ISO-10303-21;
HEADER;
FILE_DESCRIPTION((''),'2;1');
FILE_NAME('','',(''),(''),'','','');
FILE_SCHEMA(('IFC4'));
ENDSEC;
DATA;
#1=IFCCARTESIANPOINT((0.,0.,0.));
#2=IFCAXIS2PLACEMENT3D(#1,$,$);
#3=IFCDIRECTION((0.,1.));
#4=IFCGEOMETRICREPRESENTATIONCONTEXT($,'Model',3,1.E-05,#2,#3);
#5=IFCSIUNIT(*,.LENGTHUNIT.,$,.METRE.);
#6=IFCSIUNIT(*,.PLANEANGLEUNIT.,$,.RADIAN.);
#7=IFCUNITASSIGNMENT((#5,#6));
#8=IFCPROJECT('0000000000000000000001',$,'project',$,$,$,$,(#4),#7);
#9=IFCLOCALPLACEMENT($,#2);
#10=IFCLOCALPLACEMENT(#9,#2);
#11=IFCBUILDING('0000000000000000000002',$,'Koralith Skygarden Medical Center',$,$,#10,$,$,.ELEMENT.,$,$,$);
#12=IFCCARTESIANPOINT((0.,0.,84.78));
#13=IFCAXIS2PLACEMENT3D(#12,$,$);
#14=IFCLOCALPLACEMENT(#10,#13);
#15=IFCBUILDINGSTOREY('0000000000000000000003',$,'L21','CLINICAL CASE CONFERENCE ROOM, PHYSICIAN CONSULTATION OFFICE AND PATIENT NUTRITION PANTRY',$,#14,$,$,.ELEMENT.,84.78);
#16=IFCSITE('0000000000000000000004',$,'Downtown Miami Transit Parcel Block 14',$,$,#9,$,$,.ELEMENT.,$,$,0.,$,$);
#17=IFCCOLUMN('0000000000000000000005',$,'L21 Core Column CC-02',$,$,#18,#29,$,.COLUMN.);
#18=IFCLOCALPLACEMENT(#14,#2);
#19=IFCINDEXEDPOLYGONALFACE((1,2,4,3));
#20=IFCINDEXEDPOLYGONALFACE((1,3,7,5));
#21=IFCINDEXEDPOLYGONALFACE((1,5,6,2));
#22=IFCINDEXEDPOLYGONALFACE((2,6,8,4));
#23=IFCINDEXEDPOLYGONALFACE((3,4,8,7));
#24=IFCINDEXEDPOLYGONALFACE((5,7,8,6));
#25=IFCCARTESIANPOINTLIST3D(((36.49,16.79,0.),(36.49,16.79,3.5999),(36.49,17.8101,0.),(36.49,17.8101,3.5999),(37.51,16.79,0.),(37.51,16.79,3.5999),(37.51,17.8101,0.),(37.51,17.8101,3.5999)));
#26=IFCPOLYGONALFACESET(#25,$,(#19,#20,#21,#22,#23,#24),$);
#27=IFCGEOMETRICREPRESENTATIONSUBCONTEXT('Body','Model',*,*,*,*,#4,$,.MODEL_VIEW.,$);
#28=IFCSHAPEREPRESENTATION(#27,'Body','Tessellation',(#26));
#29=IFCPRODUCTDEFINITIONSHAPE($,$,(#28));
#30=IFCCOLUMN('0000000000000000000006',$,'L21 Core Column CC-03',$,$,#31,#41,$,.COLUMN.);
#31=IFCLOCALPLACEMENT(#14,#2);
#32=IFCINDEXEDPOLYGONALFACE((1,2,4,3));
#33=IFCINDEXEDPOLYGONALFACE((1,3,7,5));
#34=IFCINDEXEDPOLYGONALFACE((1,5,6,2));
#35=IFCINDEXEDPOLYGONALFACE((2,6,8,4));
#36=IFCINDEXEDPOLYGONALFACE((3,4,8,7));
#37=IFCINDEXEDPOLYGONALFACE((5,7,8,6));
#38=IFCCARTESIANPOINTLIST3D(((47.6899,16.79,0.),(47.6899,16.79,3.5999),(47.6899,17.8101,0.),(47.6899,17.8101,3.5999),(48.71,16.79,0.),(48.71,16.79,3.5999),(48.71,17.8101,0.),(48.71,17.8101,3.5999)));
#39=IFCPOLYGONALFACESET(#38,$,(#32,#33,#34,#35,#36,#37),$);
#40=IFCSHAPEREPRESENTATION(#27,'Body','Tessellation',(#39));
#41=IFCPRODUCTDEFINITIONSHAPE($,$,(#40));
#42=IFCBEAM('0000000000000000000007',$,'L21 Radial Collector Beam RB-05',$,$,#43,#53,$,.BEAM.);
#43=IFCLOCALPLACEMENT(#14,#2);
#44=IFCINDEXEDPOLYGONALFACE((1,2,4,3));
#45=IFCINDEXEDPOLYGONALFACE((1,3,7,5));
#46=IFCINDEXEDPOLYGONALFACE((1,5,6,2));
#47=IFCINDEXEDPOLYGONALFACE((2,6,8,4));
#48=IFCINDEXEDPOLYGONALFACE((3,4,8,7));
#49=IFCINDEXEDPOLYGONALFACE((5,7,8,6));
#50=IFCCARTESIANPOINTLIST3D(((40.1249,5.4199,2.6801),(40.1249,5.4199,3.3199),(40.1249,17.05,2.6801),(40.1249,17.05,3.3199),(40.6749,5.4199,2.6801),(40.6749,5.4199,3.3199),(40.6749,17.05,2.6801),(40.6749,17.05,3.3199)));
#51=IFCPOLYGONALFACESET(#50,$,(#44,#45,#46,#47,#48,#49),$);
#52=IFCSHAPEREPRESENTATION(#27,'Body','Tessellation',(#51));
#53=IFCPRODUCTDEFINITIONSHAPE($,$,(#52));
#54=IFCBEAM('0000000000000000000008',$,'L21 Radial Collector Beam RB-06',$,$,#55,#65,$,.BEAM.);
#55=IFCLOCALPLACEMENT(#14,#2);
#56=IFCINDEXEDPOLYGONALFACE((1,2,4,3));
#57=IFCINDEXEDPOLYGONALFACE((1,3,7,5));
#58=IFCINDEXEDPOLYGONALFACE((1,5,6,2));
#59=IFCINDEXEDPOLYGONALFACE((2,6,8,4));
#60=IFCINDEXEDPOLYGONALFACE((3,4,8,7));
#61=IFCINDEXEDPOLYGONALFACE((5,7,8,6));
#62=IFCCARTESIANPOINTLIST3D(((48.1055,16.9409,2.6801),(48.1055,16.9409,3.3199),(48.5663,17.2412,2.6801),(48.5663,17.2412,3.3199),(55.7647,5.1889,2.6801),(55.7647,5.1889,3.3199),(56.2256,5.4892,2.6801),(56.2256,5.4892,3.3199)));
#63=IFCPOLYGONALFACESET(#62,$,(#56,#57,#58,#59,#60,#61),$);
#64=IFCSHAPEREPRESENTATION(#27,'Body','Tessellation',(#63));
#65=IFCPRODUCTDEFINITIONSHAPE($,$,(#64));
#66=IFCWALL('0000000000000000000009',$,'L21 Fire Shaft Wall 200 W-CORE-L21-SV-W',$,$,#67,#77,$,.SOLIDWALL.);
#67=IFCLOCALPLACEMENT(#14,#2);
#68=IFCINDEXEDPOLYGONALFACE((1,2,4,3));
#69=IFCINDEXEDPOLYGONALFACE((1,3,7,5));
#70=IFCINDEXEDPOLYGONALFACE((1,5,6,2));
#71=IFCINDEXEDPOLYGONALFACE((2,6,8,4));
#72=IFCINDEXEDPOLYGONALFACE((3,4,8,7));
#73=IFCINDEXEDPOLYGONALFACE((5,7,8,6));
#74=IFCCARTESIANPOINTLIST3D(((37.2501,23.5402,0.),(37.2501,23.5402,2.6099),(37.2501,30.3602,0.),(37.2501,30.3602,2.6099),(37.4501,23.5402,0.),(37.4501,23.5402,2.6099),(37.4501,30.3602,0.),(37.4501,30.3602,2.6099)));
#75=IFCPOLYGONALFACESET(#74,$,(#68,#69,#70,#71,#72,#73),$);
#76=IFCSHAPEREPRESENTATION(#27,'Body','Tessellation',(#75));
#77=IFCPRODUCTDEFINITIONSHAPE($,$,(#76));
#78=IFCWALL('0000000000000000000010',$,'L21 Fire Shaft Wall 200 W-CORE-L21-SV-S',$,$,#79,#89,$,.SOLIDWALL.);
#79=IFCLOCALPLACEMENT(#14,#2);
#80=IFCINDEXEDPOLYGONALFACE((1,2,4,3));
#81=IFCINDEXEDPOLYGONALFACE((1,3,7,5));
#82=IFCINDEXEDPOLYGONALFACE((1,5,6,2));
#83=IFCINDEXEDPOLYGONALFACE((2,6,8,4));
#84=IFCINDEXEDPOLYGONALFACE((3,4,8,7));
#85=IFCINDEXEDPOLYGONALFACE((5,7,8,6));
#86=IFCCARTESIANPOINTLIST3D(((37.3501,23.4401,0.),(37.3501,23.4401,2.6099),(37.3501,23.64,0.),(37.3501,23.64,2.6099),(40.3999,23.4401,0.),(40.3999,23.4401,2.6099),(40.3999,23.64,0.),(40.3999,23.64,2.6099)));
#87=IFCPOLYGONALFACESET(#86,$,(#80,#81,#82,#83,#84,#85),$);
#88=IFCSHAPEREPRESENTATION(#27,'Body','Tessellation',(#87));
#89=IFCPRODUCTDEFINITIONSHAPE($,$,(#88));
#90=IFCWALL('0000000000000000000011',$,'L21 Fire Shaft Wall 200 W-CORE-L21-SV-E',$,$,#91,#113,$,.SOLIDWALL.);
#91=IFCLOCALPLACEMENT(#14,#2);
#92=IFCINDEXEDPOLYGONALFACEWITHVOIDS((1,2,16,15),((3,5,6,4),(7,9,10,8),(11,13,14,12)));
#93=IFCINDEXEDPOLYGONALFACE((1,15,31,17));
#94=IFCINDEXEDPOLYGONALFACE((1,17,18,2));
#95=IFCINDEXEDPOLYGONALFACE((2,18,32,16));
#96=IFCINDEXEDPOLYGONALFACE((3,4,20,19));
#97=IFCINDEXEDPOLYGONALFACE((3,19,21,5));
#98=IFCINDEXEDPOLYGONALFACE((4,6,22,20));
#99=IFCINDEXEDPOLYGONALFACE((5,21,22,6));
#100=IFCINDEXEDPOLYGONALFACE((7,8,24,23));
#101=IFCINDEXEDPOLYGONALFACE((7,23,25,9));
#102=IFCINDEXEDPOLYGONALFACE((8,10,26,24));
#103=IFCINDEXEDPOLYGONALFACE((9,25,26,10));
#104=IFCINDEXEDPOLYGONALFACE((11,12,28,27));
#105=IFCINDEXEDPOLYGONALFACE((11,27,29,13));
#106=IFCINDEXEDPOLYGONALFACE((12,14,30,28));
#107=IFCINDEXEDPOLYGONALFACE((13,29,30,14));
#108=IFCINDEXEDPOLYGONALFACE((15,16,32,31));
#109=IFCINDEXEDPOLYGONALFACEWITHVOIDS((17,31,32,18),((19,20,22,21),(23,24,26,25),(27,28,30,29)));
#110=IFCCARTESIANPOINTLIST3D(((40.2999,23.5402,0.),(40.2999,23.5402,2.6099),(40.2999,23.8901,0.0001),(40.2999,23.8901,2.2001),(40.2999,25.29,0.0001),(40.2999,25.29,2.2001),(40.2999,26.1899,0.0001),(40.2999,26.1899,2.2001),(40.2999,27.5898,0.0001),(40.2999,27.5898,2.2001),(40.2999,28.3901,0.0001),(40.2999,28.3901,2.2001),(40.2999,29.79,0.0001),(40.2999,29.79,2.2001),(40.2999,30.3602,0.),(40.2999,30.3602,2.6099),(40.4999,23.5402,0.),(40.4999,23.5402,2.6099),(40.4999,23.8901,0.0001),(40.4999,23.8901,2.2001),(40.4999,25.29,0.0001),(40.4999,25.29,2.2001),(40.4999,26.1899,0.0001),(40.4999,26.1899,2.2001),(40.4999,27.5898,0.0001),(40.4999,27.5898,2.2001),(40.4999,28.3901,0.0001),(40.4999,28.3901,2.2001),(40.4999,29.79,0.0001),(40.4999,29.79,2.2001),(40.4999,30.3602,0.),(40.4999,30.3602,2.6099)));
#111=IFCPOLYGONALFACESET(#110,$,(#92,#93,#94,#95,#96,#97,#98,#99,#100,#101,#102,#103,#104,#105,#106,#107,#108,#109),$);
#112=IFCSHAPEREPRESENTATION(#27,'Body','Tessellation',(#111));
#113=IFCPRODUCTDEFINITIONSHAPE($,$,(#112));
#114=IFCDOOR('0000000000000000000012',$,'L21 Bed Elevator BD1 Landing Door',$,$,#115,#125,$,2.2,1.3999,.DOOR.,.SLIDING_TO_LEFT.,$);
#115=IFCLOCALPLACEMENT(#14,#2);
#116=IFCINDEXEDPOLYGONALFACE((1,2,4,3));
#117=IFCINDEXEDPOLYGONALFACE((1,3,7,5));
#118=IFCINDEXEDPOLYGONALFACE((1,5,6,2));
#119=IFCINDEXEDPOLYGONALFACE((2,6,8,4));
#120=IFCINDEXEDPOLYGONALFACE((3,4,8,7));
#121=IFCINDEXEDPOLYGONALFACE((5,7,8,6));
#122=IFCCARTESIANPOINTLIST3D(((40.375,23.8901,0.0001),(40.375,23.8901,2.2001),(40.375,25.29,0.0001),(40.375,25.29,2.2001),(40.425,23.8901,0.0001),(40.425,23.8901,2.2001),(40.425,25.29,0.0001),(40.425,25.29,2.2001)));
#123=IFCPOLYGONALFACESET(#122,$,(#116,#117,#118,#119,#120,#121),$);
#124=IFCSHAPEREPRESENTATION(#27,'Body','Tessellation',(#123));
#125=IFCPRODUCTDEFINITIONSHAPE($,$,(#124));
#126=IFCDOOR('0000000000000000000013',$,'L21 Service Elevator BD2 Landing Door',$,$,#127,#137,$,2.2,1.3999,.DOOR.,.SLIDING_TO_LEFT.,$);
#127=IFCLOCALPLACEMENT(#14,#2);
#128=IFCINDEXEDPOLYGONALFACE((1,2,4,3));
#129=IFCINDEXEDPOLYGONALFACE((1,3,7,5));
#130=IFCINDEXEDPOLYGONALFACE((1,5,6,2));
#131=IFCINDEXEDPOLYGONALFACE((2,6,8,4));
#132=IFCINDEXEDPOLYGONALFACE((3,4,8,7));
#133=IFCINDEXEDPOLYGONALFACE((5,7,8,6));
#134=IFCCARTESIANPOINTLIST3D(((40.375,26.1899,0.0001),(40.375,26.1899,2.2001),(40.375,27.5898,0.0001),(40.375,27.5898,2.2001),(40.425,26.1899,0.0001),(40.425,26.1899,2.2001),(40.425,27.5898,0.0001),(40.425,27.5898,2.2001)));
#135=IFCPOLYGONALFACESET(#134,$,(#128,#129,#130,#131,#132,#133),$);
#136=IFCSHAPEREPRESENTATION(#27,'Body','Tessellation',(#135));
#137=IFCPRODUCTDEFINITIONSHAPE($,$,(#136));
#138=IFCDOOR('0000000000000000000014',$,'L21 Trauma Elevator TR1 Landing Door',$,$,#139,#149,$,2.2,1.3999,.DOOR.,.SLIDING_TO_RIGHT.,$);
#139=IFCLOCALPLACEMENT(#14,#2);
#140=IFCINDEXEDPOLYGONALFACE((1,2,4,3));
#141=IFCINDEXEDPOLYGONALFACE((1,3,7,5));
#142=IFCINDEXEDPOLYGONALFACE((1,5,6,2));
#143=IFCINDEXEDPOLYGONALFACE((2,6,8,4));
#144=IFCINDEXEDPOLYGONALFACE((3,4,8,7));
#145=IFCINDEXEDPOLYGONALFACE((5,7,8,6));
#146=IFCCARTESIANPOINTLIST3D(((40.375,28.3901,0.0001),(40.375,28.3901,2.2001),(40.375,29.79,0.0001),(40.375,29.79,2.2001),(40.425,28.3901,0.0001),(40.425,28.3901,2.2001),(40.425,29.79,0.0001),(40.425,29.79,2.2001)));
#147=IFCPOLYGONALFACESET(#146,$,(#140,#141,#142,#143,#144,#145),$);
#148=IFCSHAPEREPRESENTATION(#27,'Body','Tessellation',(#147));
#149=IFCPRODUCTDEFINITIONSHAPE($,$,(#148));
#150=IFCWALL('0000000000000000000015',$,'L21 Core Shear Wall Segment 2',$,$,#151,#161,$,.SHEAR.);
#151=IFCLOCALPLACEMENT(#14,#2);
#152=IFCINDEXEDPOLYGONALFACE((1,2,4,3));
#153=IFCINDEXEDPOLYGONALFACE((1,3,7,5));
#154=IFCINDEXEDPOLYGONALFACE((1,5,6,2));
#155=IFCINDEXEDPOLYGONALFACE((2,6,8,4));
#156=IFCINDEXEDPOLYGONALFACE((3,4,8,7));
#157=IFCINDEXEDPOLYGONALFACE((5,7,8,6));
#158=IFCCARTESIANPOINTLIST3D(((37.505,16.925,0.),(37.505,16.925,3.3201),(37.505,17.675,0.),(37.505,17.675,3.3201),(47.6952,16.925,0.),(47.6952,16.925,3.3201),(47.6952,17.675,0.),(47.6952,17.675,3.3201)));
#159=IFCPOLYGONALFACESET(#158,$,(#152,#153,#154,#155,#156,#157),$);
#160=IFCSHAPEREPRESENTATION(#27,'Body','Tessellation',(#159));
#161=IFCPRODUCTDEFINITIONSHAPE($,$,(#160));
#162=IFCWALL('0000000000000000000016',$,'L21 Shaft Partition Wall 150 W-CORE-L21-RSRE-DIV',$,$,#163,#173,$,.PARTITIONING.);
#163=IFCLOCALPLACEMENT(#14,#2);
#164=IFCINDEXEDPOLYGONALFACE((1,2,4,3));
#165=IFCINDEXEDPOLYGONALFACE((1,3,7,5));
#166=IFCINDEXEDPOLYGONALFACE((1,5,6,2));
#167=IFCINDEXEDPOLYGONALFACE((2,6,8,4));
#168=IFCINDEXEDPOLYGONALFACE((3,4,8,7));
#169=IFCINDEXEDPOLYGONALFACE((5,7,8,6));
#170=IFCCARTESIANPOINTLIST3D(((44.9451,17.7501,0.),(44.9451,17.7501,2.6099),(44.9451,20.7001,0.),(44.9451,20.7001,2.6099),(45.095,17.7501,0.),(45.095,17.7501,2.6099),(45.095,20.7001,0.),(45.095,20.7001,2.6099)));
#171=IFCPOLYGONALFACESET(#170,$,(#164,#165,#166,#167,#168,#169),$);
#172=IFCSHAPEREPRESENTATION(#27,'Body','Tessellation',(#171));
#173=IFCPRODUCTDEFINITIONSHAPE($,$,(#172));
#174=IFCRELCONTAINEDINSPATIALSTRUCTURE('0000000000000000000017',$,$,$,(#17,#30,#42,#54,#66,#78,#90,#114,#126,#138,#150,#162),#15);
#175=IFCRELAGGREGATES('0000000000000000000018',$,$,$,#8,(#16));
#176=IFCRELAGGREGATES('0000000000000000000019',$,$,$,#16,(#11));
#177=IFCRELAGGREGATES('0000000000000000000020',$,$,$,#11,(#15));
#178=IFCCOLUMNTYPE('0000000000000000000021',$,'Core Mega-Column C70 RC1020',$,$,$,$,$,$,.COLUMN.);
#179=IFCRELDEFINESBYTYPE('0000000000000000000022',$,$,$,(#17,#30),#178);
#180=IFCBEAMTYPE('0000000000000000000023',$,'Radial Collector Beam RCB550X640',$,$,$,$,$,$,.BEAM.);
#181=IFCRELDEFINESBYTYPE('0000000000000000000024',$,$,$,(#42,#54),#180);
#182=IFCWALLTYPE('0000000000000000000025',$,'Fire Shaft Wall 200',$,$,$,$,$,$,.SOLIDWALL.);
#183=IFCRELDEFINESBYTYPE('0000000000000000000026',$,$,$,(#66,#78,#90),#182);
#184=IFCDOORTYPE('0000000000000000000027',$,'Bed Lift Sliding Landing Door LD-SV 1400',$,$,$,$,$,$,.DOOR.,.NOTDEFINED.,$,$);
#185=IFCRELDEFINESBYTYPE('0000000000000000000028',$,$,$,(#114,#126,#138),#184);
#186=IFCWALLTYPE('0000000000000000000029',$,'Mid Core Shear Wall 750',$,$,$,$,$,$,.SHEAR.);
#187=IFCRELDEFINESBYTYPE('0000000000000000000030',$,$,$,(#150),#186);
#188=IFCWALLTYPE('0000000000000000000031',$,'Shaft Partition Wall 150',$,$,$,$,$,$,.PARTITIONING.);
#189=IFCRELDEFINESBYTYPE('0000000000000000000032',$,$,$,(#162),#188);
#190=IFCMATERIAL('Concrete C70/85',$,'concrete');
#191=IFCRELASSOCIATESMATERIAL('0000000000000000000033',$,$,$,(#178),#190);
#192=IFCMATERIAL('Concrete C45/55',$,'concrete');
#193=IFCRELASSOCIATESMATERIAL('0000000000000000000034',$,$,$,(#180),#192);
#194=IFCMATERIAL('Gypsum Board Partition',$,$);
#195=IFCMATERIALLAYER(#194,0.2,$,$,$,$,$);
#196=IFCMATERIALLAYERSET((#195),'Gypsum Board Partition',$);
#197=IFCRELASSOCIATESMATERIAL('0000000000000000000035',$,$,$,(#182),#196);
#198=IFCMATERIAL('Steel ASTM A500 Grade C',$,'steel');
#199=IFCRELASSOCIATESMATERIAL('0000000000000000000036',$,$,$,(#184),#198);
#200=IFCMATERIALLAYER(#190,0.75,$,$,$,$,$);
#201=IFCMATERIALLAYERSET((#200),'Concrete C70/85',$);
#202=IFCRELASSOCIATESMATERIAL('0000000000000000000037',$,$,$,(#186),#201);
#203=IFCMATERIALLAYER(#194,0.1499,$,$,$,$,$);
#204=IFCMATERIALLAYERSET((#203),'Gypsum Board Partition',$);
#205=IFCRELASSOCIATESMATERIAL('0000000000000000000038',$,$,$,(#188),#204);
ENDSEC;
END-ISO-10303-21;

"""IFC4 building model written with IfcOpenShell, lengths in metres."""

from ifc_helpers import new_model, si_unit, direction, frame, frame_2d, origin, origin_2d, place, context, subcontext, project, spatial, rectangle, extrude, material, layer, layer_set, material_profile, profile_set, type_object, element, fill, save


model = new_model("IFC4")

# Units and contexts
model_context = context("Model", 3, precision=1e-05, world=origin(), true_north=direction((0.0, 1.0)))
body_context = subcontext(model_context, "Body", "Model", "MODEL_VIEW")
ifc_project = project(units=[si_unit("LENGTHUNIT", "METRE"), si_unit("PLANEANGLEUNIT", "RADIAN")], contexts=[model_context])

# Site, building, storey
site_placement = place(None, origin())
site = spatial("IfcSite", under=ifc_project, at=site_placement, Name="Downtown Miami Transit Parcel Block 14", CompositionType="ELEMENT", RefElevation=0.0)
building_placement = place(site_placement, origin())
building = spatial("IfcBuilding", under=site, at=building_placement, Name="Koralith Skygarden Medical Center", CompositionType="ELEMENT")
storey_placement = place(building_placement, frame((0.0, 0.0, 84.78)))
storey = spatial("IfcBuildingStorey", under=building, at=storey_placement, Name="L21", Description="CLINICAL CASE CONFERENCE ROOM, PHYSICIAN CONSULTATION OFFICE AND PATIENT NUTRITION PANTRY", CompositionType="ELEMENT", Elevation=84.78)

# Columns
ifc_material_1 = material(Name="Concrete C70/85", Category="concrete")
ifc_material_profile_1 = material_profile(ifc_material_1, rectangle(XDim=1.02, YDim=1.02, at=origin_2d()), Name="RC1020X1020")
ifc_profile_set_1 = profile_set([ifc_material_profile_1], Name="Concrete C70/85")
column_type = type_object("IfcColumnType", Name="Core Mega-Column C70 RC1020", PredefinedType="COLUMN", material=ifc_profile_set_1)
for number, where, z_axis, x_axis, name in (
    (1, (37.0, 17.3, 0.0), (0.0, 0.0, 1.0), (1.0, 0.0, 0.0), "L21 Core Column CC-02"),
    (2, (48.2, 17.3, 0.0), (0.0, 0.0, 1.0), (1.0, 0.0, 0.0), "L21 Core Column CC-03"),
):
    element("IfcColumn", number, at=place(storey_placement, frame(where, z_axis=z_axis, x_axis=x_axis)), inside=storey, type_object=column_type, Name=name, PredefinedType="COLUMN", context=body_context, shape_type="SweptSolid", body=[
        extrude(rectangle(XDim=1.02, YDim=1.02, at=origin_2d()), origin(), (0.0, 0.0, 1.0), 3.5999),
    ])

# Beams
ifc_material_2 = material(Name="Concrete C45/55", Category="concrete")
ifc_material_profile_2 = material_profile(ifc_material_2, rectangle(XDim=0.55, YDim=0.6399, at=origin_2d()), Name="RCB550X640")
ifc_profile_set_2 = profile_set([ifc_material_profile_2], Name="Concrete C45/55")
beam_type = type_object("IfcBeamType", Name="Radial Collector Beam RCB550X640", PredefinedType="BEAM", material=ifc_profile_set_2)
beam_1_placement = place(storey_placement, frame((40.3999, 17.05, 3.0), z_axis=(0.0, -1.0, 0.0), x_axis=(1.0, 0.0, 0.0)))
element("IfcBeam", 3, at=beam_1_placement, inside=storey, type_object=beam_type, Name="L21 Radial Collector Beam RB-05", PredefinedType="BEAM", context=body_context, shape_type="SweptSolid", body=[
    extrude(rectangle(XDim=0.55, YDim=0.6399, at=origin_2d()), origin(), (0.0, 0.0, 1.0), 11.6301),
])
beam_2_placement = place(storey_placement, frame((48.3359, 17.0911, 3.0), z_axis=(0.546011, -0.837778, 0.0), x_axis=(0.837778, 0.546011, 0.0)))
element("IfcBeam", 4, at=beam_2_placement, inside=storey, type_object=beam_type, Name="L21 Radial Collector Beam RB-06", PredefinedType="BEAM", context=body_context, shape_type="SweptSolid", body=[
    extrude(rectangle(XDim=0.55, YDim=0.6399, at=origin_2d()), origin(), (0.0, 0.0, 1.0), 14.0276),
])

# Shared definitions
ifc_material_3 = material(Name="Gypsum Board Partition")
ifc_layer_1 = layer(ifc_material_3, 0.2)
ifc_layer_set_1 = layer_set([ifc_layer_1], Name="Gypsum Board Partition")
wall_type_1 = type_object("IfcWallType", Name="Fire Shaft Wall 200", PredefinedType="SOLIDWALL", material=ifc_layer_set_1)
ifc_material_4 = material(Name="Steel ASTM A500 Grade C", Category="steel")

# Walls
wall_1_placement = place(storey_placement, frame((37.3501, 23.54, 0.0), z_axis=(0.0, 0.0, 1.0), x_axis=(0.0, 1.0, 0.0)))
element("IfcWall", 5, at=wall_1_placement, inside=storey, type_object=wall_type_1, Name="L21 Fire Shaft Wall 200 W-CORE-L21-SV-W", PredefinedType="SOLIDWALL", context=body_context, shape_type="SweptSolid", body=[
    extrude(rectangle(XDim=6.8201, YDim=0.2, at=frame_2d((3.4102, 0.0))), origin(), (0.0, 0.0, 1.0), 2.6099),
])
wall_2_placement = place(storey_placement, frame((37.3501, 23.54, 0.0), z_axis=(0.0, 0.0, 1.0), x_axis=(1.0, 0.0, 0.0)))
element("IfcWall", 6, at=wall_2_placement, inside=storey, type_object=wall_type_1, Name="L21 Fire Shaft Wall 200 W-CORE-L21-SV-S", PredefinedType="SOLIDWALL", context=body_context, shape_type="SweptSolid", body=[
    extrude(rectangle(XDim=3.0498, YDim=0.2, at=frame_2d((1.5249, 0.0))), origin(), (0.0, 0.0, 1.0), 2.6099),
])

# Wall, openings, doors
wall_3_placement = place(storey_placement, frame((40.3999, 23.54, 0.0), z_axis=(0.0, 0.0, 1.0), x_axis=(0.0, 1.0, 0.0)))
wall_3 = element("IfcWall", 7, at=wall_3_placement, inside=storey, type_object=wall_type_1, Name="L21 Fire Shaft Wall 200 W-CORE-L21-SV-E", PredefinedType="SOLIDWALL", context=body_context, shape_type="SweptSolid", body=[
    extrude(rectangle(XDim=6.8201, YDim=0.2, at=frame_2d((3.4102, 0.0))), origin(), (0.0, 0.0, 1.0), 2.6099),
])
opening_1_placement = place(wall_3_placement, frame((0.3501, 0.0, 0.0)))
opening_1 = element("IfcOpeningElement", 8, at=opening_1_placement, cuts=wall_3, PredefinedType="OPENING", context=body_context, shape_type="SweptSolid", body=[
    extrude(rectangle(XDim=1.3999, YDim=2.2, at=frame_2d((0.7, 1.1001))), frame((0.0, 0.1099, 0.0), z_axis=(0.0, -1.0, 0.0), x_axis=(1.0, 0.0, 0.0)), (0.0, 0.0, 1.0), 0.22),
])
opening_2_placement = place(wall_3_placement, frame((2.6499, 0.0, 0.0)))
opening_2 = element("IfcOpeningElement", 9, at=opening_2_placement, cuts=wall_3, PredefinedType="OPENING", context=body_context, shape_type="SweptSolid", body=[
    extrude(rectangle(XDim=1.3999, YDim=2.2, at=frame_2d((0.7, 1.1001))), frame((0.0, 0.1099, 0.0), z_axis=(0.0, -1.0, 0.0), x_axis=(1.0, 0.0, 0.0)), (0.0, 0.0, 1.0), 0.22),
])
opening_3_placement = place(wall_3_placement, frame((4.8501, 0.0, 0.0)))
opening_3 = element("IfcOpeningElement", 10, at=opening_3_placement, cuts=wall_3, PredefinedType="OPENING", context=body_context, shape_type="SweptSolid", body=[
    extrude(rectangle(XDim=1.3999, YDim=2.2, at=frame_2d((0.7, 1.1001))), frame((0.0, 0.1099, 0.0), z_axis=(0.0, -1.0, 0.0), x_axis=(1.0, 0.0, 0.0)), (0.0, 0.0, 1.0), 0.22),
])
door_type_1 = type_object("IfcDoorType", Name="Bed Lift Sliding Landing Door LD-SV 1400", OperationType="NOTDEFINED", PredefinedType="DOOR", material=ifc_material_4)
door_1_placement = place(opening_1_placement, origin())
door_1 = element("IfcDoor", 11, at=door_1_placement, inside=storey, type_object=door_type_1, Name="L21 Bed Elevator BD1 Landing Door", OperationType="SLIDING_TO_LEFT", OverallHeight=2.2, OverallWidth=1.3999, PredefinedType="DOOR", context=body_context, shape_type="SweptSolid", body=[
    extrude(rectangle(XDim=1.3999, YDim=2.2, at=frame_2d((0.7, 1.1001))), frame((0.0, 0.0249, 0.0), z_axis=(0.0, -1.0, 0.0), x_axis=(1.0, 0.0, 0.0)), (0.0, 0.0, 1.0), 0.05),
])
fill(opening_1, door_1)
door_2_placement = place(opening_2_placement, origin())
door_2 = element("IfcDoor", 12, at=door_2_placement, inside=storey, type_object=door_type_1, Name="L21 Service Elevator BD2 Landing Door", OperationType="SLIDING_TO_LEFT", OverallHeight=2.2, OverallWidth=1.3999, PredefinedType="DOOR", context=body_context, shape_type="SweptSolid", body=[
    extrude(rectangle(XDim=1.3999, YDim=2.2, at=frame_2d((0.7, 1.1001))), frame((0.0, 0.0249, 0.0), z_axis=(0.0, -1.0, 0.0), x_axis=(1.0, 0.0, 0.0)), (0.0, 0.0, 1.0), 0.05),
])
fill(opening_2, door_2)
door_3_placement = place(opening_3_placement, origin())
door_3 = element("IfcDoor", 13, at=door_3_placement, inside=storey, type_object=door_type_1, Name="L21 Trauma Elevator TR1 Landing Door", OperationType="SLIDING_TO_RIGHT", OverallHeight=2.2, OverallWidth=1.3999, PredefinedType="DOOR", context=body_context, shape_type="SweptSolid", body=[
    extrude(rectangle(XDim=1.3999, YDim=2.2, at=frame_2d((0.7, 1.1001))), frame((0.0, 0.0249, 0.0), z_axis=(0.0, -1.0, 0.0), x_axis=(1.0, 0.0, 0.0)), (0.0, 0.0, 1.0), 0.05),
])
fill(opening_3, door_3)

# Wall
ifc_layer_2 = layer(ifc_material_1, 0.75)
ifc_layer_set_2 = layer_set([ifc_layer_2], Name="Concrete C70/85")
wall_type_2 = type_object("IfcWallType", Name="Mid Core Shear Wall 750", PredefinedType="SHEAR", material=ifc_layer_set_2)
wall_4_placement = place(storey_placement, frame((37.5049, 17.3, 0.0), z_axis=(0.0, 0.0, 1.0), x_axis=(1.0, 0.0, 0.0)))
element("IfcWall", 14, at=wall_4_placement, inside=storey, type_object=wall_type_2, Name="L21 Core Shear Wall Segment 2", PredefinedType="SHEAR", context=body_context, shape_type="SweptSolid", body=[
    extrude(rectangle(XDim=10.1902, YDim=0.75, at=frame_2d((5.0952, 0.0))), origin(), (0.0, 0.0, 1.0), 3.3201),
])

# Wall
ifc_layer_3 = layer(ifc_material_3, 0.1499)
ifc_layer_set_3 = layer_set([ifc_layer_3], Name="Gypsum Board Partition")
wall_type_3 = type_object("IfcWallType", Name="Shaft Partition Wall 150", PredefinedType="PARTITIONING", material=ifc_layer_set_3)
wall_5_placement = place(storey_placement, frame((45.02, 17.75, 0.0), z_axis=(0.0, 0.0, 1.0), x_axis=(0.0, 1.0, 0.0)))
element("IfcWall", 15, at=wall_5_placement, inside=storey, type_object=wall_type_3, Name="L21 Shaft Partition Wall 150 W-CORE-L21-RSRE-DIV", PredefinedType="PARTITIONING", context=body_context, shape_type="SweptSolid", body=[
    extrude(rectangle(XDim=2.95, YDim=0.1499, at=frame_2d((1.4751, 0.0))), origin(), (0.0, 0.0, 1.0), 2.6099),
])

save(model, "model.ifc")
